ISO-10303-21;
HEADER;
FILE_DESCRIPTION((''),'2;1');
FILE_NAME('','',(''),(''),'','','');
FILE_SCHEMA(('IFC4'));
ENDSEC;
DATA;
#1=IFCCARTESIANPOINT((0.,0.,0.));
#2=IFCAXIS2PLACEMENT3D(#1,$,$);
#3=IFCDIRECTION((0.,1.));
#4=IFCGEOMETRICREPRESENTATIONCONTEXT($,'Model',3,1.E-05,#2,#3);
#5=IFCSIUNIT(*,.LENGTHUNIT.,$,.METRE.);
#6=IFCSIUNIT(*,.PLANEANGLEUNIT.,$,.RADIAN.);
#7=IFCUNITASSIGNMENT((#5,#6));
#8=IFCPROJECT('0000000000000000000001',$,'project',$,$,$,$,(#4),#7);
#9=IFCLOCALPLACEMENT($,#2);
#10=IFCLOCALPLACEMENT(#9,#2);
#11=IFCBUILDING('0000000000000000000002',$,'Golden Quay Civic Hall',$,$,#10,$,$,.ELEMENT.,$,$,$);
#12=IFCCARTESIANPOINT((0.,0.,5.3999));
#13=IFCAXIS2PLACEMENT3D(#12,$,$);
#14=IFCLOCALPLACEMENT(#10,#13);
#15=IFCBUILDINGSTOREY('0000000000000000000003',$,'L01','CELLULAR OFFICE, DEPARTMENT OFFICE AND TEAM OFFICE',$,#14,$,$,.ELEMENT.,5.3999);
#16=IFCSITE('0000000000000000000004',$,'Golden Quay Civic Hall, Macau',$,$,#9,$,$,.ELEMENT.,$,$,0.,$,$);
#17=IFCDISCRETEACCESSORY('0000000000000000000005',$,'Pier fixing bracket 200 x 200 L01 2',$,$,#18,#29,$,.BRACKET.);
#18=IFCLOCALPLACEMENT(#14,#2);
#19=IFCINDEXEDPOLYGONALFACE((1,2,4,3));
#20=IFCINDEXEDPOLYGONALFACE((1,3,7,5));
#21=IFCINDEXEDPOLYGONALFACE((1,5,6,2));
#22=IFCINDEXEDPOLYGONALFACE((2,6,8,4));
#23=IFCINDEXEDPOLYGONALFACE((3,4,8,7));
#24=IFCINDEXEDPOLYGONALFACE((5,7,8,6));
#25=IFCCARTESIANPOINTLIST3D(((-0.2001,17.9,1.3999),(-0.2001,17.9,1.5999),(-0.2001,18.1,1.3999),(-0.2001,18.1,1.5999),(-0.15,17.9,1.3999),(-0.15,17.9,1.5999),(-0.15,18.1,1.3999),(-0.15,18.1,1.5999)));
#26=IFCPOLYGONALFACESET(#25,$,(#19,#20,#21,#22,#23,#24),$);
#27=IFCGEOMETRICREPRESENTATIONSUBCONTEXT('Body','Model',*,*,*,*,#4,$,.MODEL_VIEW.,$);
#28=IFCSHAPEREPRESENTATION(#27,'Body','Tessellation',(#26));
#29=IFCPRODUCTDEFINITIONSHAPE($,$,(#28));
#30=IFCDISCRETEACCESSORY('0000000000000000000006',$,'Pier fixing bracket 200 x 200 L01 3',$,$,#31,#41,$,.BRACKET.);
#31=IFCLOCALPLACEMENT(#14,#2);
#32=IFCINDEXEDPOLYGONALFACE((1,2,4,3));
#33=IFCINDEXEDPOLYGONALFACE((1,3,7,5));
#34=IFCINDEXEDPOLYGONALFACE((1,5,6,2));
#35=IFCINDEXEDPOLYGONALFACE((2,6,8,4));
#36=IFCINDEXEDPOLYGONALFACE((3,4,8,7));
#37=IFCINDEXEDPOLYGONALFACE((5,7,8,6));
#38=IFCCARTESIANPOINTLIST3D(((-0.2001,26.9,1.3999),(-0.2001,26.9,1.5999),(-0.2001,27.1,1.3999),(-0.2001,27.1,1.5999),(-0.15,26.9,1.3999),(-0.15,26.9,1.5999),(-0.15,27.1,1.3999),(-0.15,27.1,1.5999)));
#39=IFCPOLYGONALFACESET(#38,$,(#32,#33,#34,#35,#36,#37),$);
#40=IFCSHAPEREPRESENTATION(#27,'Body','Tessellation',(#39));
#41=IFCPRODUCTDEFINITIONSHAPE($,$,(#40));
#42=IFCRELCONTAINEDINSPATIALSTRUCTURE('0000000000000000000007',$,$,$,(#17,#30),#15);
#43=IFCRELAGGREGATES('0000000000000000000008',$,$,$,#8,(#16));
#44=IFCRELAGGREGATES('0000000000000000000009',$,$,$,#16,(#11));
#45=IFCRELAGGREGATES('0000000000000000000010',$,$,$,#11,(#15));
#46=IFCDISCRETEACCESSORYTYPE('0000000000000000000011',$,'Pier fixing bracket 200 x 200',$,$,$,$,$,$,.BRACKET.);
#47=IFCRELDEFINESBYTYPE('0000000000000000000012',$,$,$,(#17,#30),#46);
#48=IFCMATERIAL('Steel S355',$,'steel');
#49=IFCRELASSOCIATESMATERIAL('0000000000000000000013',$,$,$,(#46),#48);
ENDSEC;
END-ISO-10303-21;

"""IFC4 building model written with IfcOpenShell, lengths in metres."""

from ifc_helpers import new_model, si_unit, direction, frame, origin, origin_2d, place, context, subcontext, project, spatial, rectangle, extrude, material, type_object, element, save


model = new_model("IFC4")

# Units and contexts
model_context = context("Model", 3, precision=1e-05, world=origin(), true_north=direction((0.0, 1.0)))
body_context = subcontext(model_context, "Body", "Model", "MODEL_VIEW")
ifc_project = project(units=[si_unit("LENGTHUNIT", "METRE"), si_unit("PLANEANGLEUNIT", "RADIAN")], contexts=[model_context])

# Site, building, storey
site_placement = place(None, origin())
site = spatial("IfcSite", under=ifc_project, at=site_placement, Name="Golden Quay Civic Hall, Macau", CompositionType="ELEMENT", RefElevation=0.0)
building_placement = place(site_placement, origin())
building = spatial("IfcBuilding", under=site, at=building_placement, Name="Golden Quay Civic Hall", CompositionType="ELEMENT")
storey_placement = place(building_placement, frame((0.0, 0.0, 5.3999)))
storey = spatial("IfcBuildingStorey", under=building, at=storey_placement, Name="L01", Description="CELLULAR OFFICE, DEPARTMENT OFFICE AND TEAM OFFICE", CompositionType="ELEMENT", Elevation=5.3999)

# Discrete accessories
ifc_material_1 = material(Name="Steel S355", Category="steel")
discrete_accessory_type = type_object("IfcDiscreteAccessoryType", Name="Pier fixing bracket 200 x 200", PredefinedType="BRACKET", material=ifc_material_1)
for number, where, z_axis, x_axis, name in (
    (1, (-0.175, 18.0, 1.3999), (0.0, 0.0, 1.0), (0.0, -1.0, 0.0), "Pier fixing bracket 200 x 200 L01 2"),
    (2, (-0.175, 27.0, 1.3999), (0.0, 0.0, 1.0), (0.0, -1.0, 0.0), "Pier fixing bracket 200 x 200 L01 3"),
):
    element("IfcDiscreteAccessory", number, at=place(storey_placement, frame(where, z_axis=z_axis, x_axis=x_axis)), inside=storey, type_object=discrete_accessory_type, Name=name, PredefinedType="BRACKET", context=body_context, shape_type="SweptSolid", body=[
        extrude(rectangle(XDim=0.2, YDim=0.05, at=origin_2d()), origin(), (0.0, 0.0, 1.0), 0.2),
    ])

save(model, "model.ifc")
